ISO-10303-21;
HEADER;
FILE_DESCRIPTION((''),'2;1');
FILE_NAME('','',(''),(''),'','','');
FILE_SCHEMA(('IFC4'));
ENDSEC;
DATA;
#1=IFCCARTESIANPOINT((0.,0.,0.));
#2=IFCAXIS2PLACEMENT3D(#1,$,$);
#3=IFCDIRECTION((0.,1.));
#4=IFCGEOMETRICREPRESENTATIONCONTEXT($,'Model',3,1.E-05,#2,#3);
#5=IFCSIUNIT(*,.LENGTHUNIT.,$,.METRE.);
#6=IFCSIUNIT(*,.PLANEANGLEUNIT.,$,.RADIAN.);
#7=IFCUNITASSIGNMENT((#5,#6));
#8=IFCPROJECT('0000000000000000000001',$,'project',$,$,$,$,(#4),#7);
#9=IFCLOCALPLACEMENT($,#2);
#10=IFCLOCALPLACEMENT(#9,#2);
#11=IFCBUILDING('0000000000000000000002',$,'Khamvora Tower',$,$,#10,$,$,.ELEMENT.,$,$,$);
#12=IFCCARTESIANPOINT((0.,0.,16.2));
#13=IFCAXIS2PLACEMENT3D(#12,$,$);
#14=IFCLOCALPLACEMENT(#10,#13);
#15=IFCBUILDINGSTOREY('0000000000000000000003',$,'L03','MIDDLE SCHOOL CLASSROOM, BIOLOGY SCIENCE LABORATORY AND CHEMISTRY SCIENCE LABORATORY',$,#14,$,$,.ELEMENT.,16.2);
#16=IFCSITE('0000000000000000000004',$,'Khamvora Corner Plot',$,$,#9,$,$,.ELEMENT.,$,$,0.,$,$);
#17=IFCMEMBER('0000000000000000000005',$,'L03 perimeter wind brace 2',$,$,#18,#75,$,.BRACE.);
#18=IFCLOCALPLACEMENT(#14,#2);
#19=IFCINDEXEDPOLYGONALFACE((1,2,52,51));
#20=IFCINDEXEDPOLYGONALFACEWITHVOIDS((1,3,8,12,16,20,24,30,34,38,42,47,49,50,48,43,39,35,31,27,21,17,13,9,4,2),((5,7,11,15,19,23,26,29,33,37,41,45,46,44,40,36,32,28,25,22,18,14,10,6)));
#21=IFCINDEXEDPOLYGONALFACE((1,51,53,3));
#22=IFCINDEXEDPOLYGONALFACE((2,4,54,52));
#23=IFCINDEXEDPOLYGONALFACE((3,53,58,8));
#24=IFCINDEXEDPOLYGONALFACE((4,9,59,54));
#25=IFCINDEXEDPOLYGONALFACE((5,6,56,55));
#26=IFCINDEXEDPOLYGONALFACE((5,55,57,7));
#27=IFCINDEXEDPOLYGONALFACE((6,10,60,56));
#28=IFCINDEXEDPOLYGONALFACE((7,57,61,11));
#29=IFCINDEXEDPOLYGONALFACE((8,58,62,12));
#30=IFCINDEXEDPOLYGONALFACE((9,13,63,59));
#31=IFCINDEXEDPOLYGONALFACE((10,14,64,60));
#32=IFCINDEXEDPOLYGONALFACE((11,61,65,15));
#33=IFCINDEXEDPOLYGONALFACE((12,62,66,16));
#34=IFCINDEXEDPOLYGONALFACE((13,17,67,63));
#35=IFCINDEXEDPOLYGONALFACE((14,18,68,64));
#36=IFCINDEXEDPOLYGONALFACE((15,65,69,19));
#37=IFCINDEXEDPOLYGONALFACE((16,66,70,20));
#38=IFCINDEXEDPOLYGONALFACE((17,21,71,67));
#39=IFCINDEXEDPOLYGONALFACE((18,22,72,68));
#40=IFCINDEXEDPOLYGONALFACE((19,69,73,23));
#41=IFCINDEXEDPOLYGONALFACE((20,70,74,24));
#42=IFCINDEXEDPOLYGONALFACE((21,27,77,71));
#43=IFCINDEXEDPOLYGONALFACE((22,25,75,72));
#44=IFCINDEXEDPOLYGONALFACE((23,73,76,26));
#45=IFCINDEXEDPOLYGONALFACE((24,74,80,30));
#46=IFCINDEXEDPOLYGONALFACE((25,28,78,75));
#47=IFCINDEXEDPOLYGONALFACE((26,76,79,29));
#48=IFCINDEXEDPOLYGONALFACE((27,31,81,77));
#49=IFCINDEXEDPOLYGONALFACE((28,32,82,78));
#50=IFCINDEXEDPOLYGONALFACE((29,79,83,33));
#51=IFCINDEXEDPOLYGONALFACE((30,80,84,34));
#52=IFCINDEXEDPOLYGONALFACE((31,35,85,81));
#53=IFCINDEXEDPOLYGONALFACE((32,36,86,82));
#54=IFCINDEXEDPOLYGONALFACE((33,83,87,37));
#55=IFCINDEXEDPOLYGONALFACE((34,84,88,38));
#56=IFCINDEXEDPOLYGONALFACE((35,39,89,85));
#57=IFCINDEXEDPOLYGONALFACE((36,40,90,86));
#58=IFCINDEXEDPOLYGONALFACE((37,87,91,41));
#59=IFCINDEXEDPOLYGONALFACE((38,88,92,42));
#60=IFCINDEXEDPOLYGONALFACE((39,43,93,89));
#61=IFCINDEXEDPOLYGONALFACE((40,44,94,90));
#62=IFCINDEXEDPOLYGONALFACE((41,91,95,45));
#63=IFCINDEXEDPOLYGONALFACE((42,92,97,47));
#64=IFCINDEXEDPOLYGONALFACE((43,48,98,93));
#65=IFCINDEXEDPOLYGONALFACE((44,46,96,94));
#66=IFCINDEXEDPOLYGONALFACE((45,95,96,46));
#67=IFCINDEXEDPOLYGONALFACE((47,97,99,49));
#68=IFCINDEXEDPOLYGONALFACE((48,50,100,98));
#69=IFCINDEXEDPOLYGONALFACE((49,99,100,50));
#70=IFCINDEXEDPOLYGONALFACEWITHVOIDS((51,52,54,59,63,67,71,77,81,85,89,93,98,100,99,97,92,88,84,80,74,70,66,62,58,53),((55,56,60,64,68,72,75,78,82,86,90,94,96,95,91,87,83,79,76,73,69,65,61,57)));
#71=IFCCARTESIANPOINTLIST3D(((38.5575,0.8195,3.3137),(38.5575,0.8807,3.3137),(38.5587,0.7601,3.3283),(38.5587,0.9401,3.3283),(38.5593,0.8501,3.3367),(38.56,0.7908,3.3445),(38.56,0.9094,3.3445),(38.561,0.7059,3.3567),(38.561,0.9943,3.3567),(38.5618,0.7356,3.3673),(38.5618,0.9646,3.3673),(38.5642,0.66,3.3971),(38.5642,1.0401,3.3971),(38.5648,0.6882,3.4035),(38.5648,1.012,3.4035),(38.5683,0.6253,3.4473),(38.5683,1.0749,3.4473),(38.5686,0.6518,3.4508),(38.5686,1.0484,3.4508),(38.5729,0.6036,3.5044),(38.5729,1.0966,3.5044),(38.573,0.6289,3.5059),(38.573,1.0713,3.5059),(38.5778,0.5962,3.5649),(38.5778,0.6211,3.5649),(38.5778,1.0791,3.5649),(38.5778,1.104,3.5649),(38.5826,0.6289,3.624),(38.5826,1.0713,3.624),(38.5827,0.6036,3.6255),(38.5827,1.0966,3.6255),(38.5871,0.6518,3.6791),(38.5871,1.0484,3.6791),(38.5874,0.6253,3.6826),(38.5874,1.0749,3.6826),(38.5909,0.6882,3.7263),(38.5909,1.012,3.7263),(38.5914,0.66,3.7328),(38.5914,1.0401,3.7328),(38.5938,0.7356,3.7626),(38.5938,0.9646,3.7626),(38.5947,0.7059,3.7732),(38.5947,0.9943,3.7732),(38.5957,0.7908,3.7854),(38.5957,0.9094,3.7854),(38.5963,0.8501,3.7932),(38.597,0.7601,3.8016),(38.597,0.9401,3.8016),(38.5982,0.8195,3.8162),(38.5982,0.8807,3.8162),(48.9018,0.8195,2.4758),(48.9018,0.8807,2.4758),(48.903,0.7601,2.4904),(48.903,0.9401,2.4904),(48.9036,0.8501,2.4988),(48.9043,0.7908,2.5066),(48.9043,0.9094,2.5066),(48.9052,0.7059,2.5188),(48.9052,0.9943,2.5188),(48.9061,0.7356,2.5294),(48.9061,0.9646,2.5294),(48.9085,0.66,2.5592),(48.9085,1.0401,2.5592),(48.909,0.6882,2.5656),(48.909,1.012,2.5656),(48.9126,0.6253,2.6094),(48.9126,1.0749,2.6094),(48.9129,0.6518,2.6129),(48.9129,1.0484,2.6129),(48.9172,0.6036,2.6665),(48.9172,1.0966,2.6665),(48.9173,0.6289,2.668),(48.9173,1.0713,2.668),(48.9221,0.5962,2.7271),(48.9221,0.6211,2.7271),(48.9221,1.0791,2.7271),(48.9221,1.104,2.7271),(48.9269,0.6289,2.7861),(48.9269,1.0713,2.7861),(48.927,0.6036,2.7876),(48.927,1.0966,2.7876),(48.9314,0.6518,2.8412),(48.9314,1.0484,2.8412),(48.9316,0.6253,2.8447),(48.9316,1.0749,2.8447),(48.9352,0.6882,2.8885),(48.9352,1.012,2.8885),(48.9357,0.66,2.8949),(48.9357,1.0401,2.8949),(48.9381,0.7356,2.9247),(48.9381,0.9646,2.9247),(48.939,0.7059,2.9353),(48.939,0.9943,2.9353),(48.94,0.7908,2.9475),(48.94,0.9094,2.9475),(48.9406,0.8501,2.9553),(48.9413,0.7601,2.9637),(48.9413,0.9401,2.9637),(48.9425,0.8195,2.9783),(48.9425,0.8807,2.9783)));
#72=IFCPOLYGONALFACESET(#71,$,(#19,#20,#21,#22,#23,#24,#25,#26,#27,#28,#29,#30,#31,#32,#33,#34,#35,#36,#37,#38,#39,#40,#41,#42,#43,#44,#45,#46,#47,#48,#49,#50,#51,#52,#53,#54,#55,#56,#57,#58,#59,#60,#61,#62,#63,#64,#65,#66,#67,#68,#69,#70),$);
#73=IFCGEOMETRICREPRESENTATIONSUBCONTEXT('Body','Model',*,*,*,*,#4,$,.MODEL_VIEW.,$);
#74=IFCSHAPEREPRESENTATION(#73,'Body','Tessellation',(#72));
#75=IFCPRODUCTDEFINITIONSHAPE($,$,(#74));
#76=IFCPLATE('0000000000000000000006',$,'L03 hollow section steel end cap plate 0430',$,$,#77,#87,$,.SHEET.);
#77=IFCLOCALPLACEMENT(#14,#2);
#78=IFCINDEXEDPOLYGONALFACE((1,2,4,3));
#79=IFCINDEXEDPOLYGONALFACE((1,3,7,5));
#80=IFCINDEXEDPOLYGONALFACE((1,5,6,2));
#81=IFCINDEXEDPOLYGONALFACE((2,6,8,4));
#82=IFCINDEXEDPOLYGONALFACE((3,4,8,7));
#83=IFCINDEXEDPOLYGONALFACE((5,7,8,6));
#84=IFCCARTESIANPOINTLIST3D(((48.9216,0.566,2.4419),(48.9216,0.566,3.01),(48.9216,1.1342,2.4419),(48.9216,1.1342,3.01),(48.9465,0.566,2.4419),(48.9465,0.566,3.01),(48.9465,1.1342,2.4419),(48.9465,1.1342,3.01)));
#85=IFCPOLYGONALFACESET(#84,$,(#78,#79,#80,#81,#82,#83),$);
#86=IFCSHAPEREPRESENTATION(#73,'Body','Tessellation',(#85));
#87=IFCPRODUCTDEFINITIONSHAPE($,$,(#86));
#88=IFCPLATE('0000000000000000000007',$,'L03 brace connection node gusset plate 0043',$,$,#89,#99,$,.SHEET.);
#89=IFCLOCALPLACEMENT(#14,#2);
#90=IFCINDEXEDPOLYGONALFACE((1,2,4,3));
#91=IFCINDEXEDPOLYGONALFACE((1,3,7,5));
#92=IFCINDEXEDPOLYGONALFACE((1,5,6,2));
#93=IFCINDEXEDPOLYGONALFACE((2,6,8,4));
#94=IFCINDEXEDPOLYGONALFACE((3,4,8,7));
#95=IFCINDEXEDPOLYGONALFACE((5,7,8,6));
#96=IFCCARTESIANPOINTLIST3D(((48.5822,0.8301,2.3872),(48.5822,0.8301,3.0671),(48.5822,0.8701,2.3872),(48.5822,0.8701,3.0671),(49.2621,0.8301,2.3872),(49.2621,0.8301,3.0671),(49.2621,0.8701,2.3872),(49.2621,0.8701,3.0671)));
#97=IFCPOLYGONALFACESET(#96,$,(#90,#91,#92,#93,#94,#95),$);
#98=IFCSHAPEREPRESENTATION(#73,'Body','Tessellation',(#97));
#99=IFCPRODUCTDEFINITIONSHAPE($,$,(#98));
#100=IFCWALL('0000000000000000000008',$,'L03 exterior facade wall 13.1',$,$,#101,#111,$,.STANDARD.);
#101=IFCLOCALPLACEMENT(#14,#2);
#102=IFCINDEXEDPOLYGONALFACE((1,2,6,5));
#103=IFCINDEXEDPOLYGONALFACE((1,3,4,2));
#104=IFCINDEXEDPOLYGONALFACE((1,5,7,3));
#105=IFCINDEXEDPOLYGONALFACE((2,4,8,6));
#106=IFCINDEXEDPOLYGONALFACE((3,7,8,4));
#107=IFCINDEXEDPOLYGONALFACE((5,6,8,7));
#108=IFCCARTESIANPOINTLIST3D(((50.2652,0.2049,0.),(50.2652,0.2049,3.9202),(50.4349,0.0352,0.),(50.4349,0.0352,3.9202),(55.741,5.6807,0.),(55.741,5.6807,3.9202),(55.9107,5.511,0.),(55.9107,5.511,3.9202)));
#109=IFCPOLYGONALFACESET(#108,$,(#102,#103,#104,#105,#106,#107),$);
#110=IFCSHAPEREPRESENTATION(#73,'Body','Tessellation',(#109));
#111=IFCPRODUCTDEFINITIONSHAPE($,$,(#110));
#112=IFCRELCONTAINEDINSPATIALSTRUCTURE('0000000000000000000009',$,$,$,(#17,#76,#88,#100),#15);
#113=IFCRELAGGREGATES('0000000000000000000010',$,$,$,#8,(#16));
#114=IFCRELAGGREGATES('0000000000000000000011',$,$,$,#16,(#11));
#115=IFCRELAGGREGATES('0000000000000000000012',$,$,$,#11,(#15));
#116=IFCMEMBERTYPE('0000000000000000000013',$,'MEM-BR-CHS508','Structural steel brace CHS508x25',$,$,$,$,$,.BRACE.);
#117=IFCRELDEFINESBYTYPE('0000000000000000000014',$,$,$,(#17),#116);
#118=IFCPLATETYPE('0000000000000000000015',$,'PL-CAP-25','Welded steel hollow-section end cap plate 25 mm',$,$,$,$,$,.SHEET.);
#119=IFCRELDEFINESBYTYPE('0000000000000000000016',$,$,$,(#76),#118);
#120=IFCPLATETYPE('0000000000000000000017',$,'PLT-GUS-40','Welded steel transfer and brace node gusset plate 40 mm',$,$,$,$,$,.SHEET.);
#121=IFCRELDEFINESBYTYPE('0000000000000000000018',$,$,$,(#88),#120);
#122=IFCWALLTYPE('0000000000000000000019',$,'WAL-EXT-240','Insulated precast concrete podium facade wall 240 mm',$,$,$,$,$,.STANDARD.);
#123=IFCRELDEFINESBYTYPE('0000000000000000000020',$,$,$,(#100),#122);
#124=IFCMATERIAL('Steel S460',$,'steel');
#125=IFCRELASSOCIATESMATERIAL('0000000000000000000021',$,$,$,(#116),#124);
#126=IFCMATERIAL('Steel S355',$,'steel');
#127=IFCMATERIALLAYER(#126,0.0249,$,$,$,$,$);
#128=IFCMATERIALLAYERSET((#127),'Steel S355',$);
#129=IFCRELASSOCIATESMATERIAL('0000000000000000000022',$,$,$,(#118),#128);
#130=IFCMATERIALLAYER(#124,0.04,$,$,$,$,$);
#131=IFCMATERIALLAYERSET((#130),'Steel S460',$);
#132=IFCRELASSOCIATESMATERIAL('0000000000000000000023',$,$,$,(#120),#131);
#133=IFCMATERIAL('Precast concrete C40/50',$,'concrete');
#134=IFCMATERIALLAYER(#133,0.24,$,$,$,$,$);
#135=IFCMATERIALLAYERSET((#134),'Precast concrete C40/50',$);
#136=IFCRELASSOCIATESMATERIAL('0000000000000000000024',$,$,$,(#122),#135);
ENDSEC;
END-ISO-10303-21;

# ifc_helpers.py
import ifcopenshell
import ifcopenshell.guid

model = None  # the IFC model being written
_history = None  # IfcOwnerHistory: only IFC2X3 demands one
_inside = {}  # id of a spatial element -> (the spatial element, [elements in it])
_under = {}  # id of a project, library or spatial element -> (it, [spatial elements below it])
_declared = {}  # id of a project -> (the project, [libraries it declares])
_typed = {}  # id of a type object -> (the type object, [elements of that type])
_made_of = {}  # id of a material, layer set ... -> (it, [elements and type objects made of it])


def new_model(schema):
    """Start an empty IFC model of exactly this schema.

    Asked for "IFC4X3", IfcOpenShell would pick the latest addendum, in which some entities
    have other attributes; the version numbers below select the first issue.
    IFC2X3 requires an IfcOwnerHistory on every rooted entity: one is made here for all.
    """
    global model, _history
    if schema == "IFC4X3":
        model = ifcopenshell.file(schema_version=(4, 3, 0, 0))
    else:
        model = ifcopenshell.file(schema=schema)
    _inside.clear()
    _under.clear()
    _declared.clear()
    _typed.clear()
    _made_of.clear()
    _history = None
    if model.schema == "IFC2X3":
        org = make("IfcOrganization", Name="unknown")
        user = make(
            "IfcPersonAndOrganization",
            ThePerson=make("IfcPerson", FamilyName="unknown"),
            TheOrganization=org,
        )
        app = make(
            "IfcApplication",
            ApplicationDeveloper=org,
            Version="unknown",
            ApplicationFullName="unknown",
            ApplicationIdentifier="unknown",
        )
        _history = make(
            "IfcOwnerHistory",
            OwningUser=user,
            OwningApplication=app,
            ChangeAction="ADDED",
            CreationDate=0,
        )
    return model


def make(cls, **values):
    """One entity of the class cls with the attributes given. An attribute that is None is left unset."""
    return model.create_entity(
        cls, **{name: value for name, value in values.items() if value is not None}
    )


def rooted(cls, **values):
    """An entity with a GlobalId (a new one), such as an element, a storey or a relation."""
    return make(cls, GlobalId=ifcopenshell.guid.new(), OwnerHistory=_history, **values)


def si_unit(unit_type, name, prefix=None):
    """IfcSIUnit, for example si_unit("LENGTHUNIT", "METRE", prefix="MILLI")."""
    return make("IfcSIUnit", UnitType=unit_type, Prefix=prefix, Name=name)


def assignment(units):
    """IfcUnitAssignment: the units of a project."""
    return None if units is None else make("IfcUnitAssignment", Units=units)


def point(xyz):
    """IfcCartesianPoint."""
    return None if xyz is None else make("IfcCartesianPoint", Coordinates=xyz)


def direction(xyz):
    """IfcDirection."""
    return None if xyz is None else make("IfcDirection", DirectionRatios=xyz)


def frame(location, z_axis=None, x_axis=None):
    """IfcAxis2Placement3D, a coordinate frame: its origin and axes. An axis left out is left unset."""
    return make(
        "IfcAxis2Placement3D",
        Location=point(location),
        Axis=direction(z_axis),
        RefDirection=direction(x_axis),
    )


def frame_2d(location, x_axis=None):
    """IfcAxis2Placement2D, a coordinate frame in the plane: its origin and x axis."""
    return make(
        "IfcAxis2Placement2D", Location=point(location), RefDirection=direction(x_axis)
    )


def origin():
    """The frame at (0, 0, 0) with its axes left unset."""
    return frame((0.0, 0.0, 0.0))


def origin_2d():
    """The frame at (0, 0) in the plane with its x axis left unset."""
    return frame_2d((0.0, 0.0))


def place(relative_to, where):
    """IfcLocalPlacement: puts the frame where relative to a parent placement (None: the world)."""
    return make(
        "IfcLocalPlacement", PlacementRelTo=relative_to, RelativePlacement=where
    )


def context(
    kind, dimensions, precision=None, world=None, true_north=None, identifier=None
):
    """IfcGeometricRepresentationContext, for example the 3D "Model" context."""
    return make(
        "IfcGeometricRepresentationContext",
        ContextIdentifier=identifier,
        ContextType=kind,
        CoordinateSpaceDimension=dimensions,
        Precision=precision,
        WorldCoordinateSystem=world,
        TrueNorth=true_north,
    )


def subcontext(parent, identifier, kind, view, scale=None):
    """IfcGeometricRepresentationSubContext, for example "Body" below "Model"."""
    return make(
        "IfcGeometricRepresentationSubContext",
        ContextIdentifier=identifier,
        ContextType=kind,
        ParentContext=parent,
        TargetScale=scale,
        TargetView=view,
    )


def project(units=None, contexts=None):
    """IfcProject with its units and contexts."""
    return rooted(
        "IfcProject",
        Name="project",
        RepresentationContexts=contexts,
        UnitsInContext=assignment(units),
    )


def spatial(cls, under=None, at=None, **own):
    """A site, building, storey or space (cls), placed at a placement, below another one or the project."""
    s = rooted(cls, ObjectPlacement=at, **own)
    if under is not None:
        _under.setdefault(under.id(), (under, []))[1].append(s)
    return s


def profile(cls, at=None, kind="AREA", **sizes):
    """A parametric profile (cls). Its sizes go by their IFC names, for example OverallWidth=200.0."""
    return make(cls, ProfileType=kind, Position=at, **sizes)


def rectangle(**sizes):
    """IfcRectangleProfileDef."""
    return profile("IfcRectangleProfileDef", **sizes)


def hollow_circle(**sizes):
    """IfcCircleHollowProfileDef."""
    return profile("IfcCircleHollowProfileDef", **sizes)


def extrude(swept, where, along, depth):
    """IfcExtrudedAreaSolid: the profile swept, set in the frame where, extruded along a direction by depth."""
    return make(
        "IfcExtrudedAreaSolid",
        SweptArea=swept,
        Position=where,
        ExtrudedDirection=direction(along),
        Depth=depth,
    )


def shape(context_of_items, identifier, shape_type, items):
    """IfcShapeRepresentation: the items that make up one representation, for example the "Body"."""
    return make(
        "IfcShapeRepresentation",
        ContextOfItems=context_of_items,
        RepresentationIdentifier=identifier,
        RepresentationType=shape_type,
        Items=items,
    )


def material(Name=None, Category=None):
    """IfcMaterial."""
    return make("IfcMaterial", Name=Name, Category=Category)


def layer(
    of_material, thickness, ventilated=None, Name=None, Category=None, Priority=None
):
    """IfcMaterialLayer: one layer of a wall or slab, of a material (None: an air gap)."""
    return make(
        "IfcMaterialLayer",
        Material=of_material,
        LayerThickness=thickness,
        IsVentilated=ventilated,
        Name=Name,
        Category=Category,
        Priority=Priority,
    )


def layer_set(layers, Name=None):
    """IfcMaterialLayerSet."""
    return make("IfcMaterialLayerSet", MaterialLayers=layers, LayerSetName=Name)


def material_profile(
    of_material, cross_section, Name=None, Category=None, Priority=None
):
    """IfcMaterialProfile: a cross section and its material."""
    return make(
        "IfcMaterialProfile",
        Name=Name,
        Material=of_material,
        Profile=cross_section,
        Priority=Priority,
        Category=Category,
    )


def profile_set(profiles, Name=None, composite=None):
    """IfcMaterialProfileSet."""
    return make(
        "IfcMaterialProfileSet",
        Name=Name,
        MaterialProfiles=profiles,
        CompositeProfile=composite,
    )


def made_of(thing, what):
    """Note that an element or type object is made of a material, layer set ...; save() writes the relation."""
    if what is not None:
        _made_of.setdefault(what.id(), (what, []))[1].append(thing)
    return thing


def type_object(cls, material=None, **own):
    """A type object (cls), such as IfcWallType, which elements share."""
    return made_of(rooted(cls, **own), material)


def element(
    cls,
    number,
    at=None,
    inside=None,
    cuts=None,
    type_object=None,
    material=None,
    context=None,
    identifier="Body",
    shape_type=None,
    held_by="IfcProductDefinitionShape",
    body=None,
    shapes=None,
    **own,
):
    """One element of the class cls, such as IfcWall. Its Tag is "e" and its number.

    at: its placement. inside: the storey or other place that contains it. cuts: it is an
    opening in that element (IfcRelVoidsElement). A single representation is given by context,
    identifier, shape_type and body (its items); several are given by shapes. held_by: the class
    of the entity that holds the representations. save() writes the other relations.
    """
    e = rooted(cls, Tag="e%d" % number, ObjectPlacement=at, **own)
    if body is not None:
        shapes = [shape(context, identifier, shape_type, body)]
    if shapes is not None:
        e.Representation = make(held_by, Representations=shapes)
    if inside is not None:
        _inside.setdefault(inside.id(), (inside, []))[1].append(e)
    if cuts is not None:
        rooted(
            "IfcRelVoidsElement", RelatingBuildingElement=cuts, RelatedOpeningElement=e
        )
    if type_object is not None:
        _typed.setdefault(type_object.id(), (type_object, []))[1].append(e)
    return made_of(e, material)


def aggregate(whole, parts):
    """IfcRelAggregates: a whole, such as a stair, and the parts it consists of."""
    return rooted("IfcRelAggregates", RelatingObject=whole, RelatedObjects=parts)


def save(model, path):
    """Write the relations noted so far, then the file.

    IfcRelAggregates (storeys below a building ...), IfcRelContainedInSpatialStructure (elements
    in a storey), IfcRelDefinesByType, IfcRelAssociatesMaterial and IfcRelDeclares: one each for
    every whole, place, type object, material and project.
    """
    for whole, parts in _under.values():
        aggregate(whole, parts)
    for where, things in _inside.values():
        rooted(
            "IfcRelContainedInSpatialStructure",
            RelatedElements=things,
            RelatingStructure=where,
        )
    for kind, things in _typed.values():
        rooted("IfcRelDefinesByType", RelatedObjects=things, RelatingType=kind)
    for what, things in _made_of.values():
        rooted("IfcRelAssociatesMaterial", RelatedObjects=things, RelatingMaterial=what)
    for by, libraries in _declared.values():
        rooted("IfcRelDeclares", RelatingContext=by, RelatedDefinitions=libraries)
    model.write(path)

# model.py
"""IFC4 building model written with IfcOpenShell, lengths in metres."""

from ifc_helpers import new_model, si_unit, direction, frame, frame_2d, origin, origin_2d, place, context, subcontext, project, spatial, rectangle, hollow_circle, extrude, material, layer, layer_set, material_profile, profile_set, type_object, element, save


model = new_model("IFC4")

# Units and contexts
model_context = context("Model", 3, precision=1e-05, world=origin(), true_north=direction((0.0, 1.0)))
body_context = subcontext(model_context, "Body", "Model", "MODEL_VIEW")
ifc_project = project(units=[si_unit("LENGTHUNIT", "METRE"), si_unit("PLANEANGLEUNIT", "RADIAN")], contexts=[model_context])

# Site, building, storey
site_placement = place(None, origin())
site = spatial("IfcSite", under=ifc_project, at=site_placement, Name="Khamvora Corner Plot", CompositionType="ELEMENT", RefElevation=0.0)
building_placement = place(site_placement, origin())
building = spatial("IfcBuilding", under=site, at=building_placement, Name="Khamvora Tower", CompositionType="ELEMENT")
storey_placement = place(building_placement, frame((0.0, 0.0, 16.2)))
storey = spatial("IfcBuildingStorey", under=building, at=storey_placement, Name="L03", Description="MIDDLE SCHOOL CLASSROOM, BIOLOGY SCIENCE LABORATORY AND CHEMISTRY SCIENCE LABORATORY", CompositionType="ELEMENT", Elevation=16.2)

# Shared definitions
ifc_material_1 = material(Name="Steel S460", Category="steel")

# Shared definitions
ifc_material_2 = material(Name="Steel S355", Category="steel")

# Member
ifc_material_profile_1 = material_profile(ifc_material_1, hollow_circle(Radius=0.2539, WallThickness=0.0249, at=origin_2d()), Name="CHS508x25")
ifc_profile_set_1 = profile_set([ifc_material_profile_1], Name="Steel S460")
member_type = type_object("IfcMemberType", Name="MEM-BR-CHS508", Description="Structural steel brace CHS508x25", PredefinedType="BRACE", material=ifc_profile_set_1)
member_placement = place(storey_placement, frame((48.9221, 0.8501, 2.7271), z_axis=(-0.996735, 0.0, 0.080736), x_axis=(0.0, -1.0, 0.0)))
element("IfcMember", 1, at=member_placement, inside=storey, type_object=member_type, Name="L03 perimeter wind brace 2", PredefinedType="BRACE", context=body_context, shape_type="SweptSolid", body=[
    extrude(hollow_circle(Radius=0.2539, WallThickness=0.0249, at=origin_2d()), origin(), (0.0, 0.0, 1.0), 10.3782),
])

# Plates
ifc_layer_1 = layer(ifc_material_2, 0.0249)
ifc_layer_set_1 = layer_set([ifc_layer_1], Name="Steel S355")
plate_type_1 = type_object("IfcPlateType", Name="PL-CAP-25", Description="Welded steel hollow-section end cap plate 25 mm", PredefinedType="SHEET", material=ifc_layer_set_1)
plate_1_placement = place(storey_placement, frame((48.9341, 0.8501, 2.4419), z_axis=(0.0, 0.0, 1.0), x_axis=(-1.0, 0.0, 0.0)))
element("IfcPlate", 2, at=plate_1_placement, inside=storey, type_object=plate_type_1, Name="L03 hollow section steel end cap plate 0430", PredefinedType="SHEET", context=body_context, shape_type="SweptSolid", body=[
    extrude(rectangle(XDim=0.0249, YDim=0.5681, at=origin_2d()), origin(), (0.0, 0.0, 1.0), 0.5681),
])
ifc_layer_2 = layer(ifc_material_1, 0.04)
ifc_layer_set_2 = layer_set([ifc_layer_2], Name="Steel S460")
plate_type_2 = type_object("IfcPlateType", Name="PLT-GUS-40", Description="Welded steel transfer and brace node gusset plate 40 mm", PredefinedType="SHEET", material=ifc_layer_set_2)
plate_2_placement = place(storey_placement, frame((48.9221, 0.8501, 2.3872), z_axis=(0.0, 0.0, 1.0), x_axis=(1.0, 0.0, 0.0)))
element("IfcPlate", 3, at=plate_2_placement, inside=storey, type_object=plate_type_2, Name="L03 brace connection node gusset plate 0043", PredefinedType="SHEET", context=body_context, shape_type="SweptSolid", body=[
    extrude(rectangle(XDim=0.6799, YDim=0.04, at=origin_2d()), origin(), (0.0, 0.0, 1.0), 0.6799),
])

# Wall
ifc_material_3 = material(Name="Precast concrete C40/50", Category="concrete")
ifc_layer_3 = layer(ifc_material_3, 0.24)
ifc_layer_set_3 = layer_set([ifc_layer_3], Name="Precast concrete C40/50")
wall_type_1 = type_object("IfcWallType", Name="WAL-EXT-240", Description="Insulated precast concrete podium facade wall 240 mm", PredefinedType="STANDARD", material=ifc_layer_set_3)
wall_1_placement = place(storey_placement, frame((55.8259, 5.5959, 0.0), z_axis=(0.0, 0.0, 1.0), x_axis=(-0.707107, -0.707107, 0.0)))
element("IfcWall", 4, at=wall_1_placement, inside=storey, type_object=wall_type_1, Name="L03 exterior facade wall 13.1", PredefinedType="STANDARD", context=body_context, shape_type="SweptSolid", body=[
    extrude(rectangle(XDim=7.7439, YDim=0.24, at=frame_2d((3.8721, 0.0))), origin(), (0.0, 0.0, 1.0), 3.9202),
])

save(model, "model.ifc")
